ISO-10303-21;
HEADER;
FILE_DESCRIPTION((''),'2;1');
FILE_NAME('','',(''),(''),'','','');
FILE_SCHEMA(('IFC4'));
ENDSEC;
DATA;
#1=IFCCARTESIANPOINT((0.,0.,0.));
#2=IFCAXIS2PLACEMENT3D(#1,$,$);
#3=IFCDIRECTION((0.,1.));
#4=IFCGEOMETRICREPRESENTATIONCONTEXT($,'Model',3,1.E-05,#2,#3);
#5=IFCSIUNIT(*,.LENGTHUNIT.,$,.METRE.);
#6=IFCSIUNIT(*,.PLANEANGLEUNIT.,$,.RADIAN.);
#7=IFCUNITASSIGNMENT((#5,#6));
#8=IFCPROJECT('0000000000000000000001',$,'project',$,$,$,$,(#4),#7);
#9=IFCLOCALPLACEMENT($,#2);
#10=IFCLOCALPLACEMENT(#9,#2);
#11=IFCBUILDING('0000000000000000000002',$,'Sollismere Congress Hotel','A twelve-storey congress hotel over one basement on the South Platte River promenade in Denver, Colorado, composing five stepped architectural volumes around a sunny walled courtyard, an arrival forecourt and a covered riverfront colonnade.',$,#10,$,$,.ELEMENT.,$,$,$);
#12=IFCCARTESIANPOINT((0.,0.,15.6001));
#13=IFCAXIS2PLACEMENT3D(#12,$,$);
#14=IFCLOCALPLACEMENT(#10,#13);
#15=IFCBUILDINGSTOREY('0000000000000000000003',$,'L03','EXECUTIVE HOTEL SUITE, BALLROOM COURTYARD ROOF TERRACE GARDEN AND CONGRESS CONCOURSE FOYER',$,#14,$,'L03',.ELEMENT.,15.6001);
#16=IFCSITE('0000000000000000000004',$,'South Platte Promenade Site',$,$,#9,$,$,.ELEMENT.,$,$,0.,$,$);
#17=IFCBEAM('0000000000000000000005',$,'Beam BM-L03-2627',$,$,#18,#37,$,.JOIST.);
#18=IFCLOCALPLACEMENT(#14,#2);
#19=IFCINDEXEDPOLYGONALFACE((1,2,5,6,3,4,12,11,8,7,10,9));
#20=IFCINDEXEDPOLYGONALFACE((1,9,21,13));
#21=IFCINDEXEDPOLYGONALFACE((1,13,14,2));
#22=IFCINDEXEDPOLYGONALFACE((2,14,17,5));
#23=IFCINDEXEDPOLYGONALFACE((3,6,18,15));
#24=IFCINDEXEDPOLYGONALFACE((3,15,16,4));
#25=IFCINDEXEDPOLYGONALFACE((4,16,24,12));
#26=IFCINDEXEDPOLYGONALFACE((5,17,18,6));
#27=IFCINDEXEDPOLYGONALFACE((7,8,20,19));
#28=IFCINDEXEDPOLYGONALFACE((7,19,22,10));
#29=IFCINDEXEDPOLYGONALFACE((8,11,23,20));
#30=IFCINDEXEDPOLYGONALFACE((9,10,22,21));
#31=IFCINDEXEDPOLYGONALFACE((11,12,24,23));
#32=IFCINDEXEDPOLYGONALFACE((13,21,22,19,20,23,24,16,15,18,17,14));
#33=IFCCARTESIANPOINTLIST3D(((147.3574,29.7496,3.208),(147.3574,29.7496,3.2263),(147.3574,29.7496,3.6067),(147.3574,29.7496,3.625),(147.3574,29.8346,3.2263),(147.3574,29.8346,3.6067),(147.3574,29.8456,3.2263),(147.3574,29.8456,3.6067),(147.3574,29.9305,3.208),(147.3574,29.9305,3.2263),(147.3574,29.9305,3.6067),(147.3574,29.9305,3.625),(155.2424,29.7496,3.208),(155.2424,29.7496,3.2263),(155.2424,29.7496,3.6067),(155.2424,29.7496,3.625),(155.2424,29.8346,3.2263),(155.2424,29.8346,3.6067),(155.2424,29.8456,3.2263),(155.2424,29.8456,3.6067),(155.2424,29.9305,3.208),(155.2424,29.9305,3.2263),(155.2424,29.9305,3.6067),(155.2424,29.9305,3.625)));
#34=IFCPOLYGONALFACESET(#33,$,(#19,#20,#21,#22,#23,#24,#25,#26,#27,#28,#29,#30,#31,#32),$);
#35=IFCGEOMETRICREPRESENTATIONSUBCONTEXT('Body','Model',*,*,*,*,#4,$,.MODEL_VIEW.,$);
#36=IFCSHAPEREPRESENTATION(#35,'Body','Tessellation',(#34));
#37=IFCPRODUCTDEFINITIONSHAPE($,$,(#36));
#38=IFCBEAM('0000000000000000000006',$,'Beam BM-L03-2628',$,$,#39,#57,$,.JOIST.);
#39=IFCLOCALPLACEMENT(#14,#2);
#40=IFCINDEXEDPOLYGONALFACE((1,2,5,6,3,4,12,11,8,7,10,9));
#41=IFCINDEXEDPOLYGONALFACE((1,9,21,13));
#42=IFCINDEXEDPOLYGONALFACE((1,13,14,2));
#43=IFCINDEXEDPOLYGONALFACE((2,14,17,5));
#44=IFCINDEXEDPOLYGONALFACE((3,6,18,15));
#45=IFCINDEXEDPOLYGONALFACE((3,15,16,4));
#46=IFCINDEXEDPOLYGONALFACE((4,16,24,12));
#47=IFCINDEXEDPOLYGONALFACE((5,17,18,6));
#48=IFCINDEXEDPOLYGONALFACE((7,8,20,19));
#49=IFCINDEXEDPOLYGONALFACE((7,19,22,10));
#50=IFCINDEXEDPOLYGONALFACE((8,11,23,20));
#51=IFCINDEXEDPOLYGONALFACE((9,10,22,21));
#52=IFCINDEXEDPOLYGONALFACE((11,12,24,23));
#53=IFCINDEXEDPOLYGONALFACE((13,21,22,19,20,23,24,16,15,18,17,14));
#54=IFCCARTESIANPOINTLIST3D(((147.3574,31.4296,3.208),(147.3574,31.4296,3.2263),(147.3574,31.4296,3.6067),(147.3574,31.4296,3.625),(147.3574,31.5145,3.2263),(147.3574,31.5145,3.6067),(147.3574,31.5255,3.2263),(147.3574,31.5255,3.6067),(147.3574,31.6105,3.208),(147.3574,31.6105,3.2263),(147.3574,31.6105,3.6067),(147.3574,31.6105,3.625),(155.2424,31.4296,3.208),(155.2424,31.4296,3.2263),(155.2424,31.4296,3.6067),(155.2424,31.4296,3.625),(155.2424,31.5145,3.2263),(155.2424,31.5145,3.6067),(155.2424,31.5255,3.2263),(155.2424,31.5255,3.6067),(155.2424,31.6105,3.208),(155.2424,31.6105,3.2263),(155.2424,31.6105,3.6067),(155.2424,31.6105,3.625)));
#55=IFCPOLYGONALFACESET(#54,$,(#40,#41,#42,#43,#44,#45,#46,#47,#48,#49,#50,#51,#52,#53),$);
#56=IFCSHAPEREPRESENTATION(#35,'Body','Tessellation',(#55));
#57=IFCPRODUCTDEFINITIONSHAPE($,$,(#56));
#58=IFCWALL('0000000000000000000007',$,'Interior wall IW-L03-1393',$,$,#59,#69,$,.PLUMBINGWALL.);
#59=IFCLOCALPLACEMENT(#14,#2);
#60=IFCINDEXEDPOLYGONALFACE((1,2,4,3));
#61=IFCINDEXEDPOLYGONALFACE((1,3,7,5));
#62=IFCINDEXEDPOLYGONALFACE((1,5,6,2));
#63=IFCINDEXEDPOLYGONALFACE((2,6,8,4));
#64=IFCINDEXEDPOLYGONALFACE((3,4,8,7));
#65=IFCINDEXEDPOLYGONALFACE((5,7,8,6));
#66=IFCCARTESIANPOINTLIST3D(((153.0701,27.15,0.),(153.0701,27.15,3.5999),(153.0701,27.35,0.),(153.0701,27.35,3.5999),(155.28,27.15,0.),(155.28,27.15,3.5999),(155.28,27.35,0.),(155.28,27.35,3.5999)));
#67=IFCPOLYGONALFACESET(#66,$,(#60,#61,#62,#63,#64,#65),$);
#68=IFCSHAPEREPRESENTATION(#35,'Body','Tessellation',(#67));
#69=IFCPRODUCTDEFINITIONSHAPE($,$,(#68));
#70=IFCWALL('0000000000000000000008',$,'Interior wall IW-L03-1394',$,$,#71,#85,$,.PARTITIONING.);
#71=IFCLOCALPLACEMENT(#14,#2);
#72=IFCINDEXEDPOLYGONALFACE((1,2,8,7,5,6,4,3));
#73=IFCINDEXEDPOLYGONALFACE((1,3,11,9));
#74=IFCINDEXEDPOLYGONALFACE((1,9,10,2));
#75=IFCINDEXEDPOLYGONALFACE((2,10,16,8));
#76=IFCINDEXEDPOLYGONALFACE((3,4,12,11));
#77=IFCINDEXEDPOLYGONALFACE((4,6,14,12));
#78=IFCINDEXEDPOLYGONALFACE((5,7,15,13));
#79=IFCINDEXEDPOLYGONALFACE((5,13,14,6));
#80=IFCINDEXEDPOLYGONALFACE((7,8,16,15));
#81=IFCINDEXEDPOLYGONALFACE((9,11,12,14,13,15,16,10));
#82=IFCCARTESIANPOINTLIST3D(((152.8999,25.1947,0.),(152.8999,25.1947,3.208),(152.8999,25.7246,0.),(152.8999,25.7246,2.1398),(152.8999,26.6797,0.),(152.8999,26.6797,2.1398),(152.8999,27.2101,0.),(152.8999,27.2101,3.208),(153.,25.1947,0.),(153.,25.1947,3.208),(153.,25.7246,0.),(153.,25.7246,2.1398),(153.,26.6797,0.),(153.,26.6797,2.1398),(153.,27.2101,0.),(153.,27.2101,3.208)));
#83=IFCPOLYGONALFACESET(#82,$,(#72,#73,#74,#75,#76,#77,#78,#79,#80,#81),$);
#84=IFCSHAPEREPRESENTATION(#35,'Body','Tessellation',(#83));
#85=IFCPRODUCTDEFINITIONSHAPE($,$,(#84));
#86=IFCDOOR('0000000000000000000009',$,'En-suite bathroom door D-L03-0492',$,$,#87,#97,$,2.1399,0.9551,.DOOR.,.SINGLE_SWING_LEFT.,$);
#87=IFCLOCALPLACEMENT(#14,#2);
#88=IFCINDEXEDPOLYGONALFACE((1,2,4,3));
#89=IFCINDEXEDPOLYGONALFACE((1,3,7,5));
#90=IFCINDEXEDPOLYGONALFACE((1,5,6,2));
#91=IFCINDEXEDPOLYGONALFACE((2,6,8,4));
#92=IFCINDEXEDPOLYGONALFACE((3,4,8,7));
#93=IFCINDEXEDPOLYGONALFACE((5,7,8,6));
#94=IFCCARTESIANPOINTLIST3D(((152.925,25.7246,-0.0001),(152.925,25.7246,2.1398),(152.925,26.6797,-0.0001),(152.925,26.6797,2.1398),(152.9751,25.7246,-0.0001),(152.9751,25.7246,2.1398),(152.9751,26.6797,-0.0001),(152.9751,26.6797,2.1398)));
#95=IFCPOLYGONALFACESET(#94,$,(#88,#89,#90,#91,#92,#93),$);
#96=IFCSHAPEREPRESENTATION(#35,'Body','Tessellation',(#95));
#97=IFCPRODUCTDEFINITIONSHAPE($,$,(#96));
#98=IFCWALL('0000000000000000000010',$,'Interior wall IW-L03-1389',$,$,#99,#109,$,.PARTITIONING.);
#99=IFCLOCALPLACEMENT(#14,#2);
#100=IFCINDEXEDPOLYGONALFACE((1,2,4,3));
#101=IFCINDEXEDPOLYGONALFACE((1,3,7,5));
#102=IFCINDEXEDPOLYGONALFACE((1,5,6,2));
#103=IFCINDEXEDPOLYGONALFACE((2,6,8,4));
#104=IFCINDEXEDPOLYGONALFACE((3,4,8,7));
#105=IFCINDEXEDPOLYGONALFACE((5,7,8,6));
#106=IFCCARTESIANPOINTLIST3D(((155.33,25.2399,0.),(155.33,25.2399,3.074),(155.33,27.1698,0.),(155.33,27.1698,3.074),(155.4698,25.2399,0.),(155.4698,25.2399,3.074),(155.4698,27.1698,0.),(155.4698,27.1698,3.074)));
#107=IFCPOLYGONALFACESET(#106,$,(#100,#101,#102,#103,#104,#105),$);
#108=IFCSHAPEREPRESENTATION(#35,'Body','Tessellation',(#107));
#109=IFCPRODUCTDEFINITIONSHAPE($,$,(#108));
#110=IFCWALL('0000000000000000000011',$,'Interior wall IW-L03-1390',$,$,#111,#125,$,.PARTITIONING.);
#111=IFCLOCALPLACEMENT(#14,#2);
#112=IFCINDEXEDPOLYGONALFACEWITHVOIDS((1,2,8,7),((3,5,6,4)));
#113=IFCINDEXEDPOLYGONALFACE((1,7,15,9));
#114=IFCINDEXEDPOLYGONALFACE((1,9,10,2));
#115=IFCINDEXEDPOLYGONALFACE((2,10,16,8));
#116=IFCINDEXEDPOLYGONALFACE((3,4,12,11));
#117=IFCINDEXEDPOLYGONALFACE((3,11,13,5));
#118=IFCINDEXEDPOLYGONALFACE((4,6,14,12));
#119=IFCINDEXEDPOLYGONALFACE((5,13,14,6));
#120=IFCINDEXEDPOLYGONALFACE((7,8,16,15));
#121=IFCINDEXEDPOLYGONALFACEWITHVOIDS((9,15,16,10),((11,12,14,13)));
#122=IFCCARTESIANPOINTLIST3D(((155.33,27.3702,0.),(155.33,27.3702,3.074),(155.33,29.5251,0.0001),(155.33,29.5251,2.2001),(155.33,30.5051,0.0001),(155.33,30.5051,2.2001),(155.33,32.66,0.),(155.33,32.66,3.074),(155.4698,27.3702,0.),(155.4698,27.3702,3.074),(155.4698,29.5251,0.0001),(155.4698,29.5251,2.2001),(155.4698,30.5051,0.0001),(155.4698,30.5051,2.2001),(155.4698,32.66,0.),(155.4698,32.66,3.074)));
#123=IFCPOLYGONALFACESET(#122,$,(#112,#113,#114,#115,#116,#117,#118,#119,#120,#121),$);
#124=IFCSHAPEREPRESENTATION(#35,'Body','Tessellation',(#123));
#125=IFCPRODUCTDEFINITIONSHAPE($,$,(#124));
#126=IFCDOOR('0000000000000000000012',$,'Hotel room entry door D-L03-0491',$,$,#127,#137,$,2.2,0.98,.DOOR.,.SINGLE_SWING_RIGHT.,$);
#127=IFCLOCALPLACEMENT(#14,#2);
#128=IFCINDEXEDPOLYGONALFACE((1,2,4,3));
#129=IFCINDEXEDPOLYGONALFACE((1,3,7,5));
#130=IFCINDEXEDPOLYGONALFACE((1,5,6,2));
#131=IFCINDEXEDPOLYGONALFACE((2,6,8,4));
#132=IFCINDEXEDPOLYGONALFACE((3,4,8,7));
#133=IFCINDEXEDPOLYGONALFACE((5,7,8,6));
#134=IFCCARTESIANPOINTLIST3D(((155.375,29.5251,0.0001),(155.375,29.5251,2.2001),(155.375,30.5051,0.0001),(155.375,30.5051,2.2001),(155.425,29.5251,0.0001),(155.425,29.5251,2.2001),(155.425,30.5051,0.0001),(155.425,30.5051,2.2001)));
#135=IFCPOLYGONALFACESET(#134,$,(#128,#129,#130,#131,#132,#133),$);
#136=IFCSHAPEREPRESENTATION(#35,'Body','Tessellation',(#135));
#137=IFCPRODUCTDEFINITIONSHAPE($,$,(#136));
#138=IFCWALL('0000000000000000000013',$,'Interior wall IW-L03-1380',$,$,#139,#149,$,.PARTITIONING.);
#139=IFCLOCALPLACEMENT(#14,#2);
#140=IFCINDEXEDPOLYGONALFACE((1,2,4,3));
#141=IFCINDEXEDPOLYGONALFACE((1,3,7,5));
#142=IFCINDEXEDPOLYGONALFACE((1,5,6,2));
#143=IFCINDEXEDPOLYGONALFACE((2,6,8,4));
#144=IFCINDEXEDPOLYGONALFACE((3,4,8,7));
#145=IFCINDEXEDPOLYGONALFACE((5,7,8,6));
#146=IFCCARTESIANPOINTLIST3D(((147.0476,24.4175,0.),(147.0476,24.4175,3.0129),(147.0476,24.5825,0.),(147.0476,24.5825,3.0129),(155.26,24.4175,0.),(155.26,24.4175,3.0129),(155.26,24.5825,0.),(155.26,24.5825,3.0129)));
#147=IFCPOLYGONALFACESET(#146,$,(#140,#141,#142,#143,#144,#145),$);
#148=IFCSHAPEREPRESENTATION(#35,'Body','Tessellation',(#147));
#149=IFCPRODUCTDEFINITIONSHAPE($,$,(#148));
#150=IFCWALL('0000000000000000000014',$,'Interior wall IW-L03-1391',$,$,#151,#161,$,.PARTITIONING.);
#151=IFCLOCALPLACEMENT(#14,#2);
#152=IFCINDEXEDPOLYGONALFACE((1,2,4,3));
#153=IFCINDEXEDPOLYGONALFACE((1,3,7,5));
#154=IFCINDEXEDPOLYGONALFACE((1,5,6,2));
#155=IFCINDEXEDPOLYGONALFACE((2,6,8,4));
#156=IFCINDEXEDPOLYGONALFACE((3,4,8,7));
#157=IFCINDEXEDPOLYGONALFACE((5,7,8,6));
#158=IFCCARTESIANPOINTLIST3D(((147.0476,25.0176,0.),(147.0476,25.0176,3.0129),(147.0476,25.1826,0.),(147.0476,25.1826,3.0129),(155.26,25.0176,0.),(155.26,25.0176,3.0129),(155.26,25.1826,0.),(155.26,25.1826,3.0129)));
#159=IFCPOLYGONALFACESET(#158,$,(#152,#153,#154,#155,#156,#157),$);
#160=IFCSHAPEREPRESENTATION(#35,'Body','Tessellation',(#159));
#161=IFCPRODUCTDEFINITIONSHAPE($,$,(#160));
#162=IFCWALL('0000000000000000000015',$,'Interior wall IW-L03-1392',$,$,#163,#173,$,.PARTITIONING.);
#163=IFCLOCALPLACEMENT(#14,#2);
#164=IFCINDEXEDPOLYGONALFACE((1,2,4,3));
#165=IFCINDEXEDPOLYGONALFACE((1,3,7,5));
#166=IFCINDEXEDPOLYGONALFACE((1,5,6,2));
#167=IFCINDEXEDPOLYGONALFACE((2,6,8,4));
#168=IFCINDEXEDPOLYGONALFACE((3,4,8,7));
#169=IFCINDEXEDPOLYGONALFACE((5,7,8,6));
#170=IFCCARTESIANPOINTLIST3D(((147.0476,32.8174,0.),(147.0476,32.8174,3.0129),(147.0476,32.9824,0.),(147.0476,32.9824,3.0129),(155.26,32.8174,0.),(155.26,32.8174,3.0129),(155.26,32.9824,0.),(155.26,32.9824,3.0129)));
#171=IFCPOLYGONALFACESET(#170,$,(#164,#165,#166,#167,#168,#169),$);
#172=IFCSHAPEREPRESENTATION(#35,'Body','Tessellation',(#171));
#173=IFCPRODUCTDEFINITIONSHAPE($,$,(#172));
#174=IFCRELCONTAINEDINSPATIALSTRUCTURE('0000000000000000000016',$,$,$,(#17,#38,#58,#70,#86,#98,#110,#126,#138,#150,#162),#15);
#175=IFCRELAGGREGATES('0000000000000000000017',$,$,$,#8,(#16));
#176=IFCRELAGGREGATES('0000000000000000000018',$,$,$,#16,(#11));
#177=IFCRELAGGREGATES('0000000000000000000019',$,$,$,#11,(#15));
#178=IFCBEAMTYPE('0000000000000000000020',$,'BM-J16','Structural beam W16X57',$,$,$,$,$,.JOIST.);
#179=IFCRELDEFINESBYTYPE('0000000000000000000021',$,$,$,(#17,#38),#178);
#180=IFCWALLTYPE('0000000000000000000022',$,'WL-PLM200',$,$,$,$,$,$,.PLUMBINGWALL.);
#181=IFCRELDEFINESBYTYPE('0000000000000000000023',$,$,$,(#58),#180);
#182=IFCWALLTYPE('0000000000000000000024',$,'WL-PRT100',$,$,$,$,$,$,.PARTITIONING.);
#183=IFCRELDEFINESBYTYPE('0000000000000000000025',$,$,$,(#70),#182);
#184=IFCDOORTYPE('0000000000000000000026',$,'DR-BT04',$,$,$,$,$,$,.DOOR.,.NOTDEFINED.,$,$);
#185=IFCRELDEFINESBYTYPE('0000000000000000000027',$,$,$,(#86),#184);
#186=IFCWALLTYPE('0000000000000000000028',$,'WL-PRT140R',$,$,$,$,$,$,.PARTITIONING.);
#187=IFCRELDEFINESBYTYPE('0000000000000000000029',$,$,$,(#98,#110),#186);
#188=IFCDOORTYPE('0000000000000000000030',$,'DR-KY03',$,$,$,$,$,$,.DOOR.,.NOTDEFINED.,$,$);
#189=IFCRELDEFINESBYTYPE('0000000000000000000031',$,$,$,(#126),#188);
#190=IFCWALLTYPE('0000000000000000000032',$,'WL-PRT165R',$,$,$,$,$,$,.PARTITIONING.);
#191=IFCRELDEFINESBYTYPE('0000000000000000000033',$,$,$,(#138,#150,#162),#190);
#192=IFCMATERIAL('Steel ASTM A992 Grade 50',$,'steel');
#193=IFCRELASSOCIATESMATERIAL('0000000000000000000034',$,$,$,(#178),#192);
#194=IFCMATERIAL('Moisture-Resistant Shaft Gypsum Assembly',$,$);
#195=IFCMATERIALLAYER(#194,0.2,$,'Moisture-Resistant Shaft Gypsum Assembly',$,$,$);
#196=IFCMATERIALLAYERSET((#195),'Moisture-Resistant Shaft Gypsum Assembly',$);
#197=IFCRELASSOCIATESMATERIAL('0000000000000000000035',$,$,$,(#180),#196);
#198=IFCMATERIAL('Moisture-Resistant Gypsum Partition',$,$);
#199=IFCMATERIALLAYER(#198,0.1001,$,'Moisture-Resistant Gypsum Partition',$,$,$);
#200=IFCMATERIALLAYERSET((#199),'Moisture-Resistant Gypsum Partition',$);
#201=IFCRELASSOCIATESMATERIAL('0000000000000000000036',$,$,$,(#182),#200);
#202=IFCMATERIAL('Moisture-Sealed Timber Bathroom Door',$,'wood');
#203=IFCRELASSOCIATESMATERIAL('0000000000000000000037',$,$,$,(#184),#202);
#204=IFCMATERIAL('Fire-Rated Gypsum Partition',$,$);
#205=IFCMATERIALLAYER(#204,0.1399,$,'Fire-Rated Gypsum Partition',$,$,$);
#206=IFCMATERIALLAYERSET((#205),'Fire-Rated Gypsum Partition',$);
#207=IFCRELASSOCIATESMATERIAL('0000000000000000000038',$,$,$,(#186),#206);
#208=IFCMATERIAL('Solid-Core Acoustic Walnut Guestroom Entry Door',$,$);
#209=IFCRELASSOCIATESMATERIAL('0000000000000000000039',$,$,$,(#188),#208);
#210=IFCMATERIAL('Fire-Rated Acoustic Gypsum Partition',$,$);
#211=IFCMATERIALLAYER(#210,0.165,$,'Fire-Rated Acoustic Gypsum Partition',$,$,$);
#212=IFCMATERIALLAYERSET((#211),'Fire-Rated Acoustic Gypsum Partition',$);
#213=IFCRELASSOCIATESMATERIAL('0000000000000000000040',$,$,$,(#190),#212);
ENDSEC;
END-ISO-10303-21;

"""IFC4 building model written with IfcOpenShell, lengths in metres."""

from ifc_helpers import new_model, si_unit, direction, frame, frame_2d, origin, origin_2d, place, context, subcontext, project, spatial, rectangle, i_section, extrude, material, layer, layer_set, material_profile, profile_set, type_object, element, fill, save


model = new_model("IFC4")

# Units and contexts
model_context = context("Model", 3, precision=1e-05, world=origin(), true_north=direction((0.0, 1.0)))
body_context = subcontext(model_context, "Body", "Model", "MODEL_VIEW")
ifc_project = project(units=[si_unit("LENGTHUNIT", "METRE"), si_unit("PLANEANGLEUNIT", "RADIAN")], contexts=[model_context])

# Site, building, storey
site_placement = place(None, origin())
site = spatial("IfcSite", under=ifc_project, at=site_placement, Name="South Platte Promenade Site", CompositionType="ELEMENT", RefElevation=0.0)
building_placement = place(site_placement, origin())
building = spatial("IfcBuilding", under=site, at=building_placement, Name="Sollismere Congress Hotel", Description="A twelve-storey congress hotel over one basement on the South Platte River promenade in Denver, Colorado, composing five stepped architectural volumes around a sunny walled courtyard, an arrival forecourt and a covered riverfront colonnade.", CompositionType="ELEMENT")
storey_placement = place(building_placement, frame((0.0, 0.0, 15.6001)))
storey = spatial("IfcBuildingStorey", under=building, at=storey_placement, Name="L03", Description="EXECUTIVE HOTEL SUITE, BALLROOM COURTYARD ROOF TERRACE GARDEN AND CONGRESS CONCOURSE FOYER", LongName="L03", CompositionType="ELEMENT", Elevation=15.6001)

# Shared definitions
ifc_material_1 = material(Name="Steel ASTM A992 Grade 50", Category="steel")

# Beams
ifc_material_profile_1 = material_profile(ifc_material_1, i_section(OverallWidth=0.1809, OverallDepth=0.417, WebThickness=0.011, FlangeThickness=0.0183, at=origin_2d()), Name="W16X57")
ifc_profile_set_1 = profile_set([ifc_material_profile_1], Name="Steel ASTM A992 Grade 50")
beam_type_1 = type_object("IfcBeamType", Name="BM-J16", Description="Structural beam W16X57", PredefinedType="JOIST", material=ifc_profile_set_1)
for number, where, z_axis, x_axis, name in (
    (1, (147.3574, 29.8401, 3.4165), (1.0, 0.0, 0.0), (0.0, 1.0, 0.0), "Beam BM-L03-2627"),
    (2, (147.3574, 31.52, 3.4165), (1.0, 0.0, 0.0), (0.0, 1.0, 0.0), "Beam BM-L03-2628"),
):
    element("IfcBeam", number, at=place(storey_placement, frame(where, z_axis=z_axis, x_axis=x_axis)), inside=storey, type_object=beam_type_1, Name=name, PredefinedType="JOIST", context=body_context, shape_type="SweptSolid", body=[
        extrude(i_section(OverallWidth=0.1809, OverallDepth=0.417, WebThickness=0.011, FlangeThickness=0.0183, at=origin_2d()), origin(), (0.0, 0.0, 1.0), 7.885),
    ])

# Wall
ifc_material_2 = material(Name="Moisture-Resistant Shaft Gypsum Assembly")
ifc_layer_1 = layer(ifc_material_2, 0.2, Name="Moisture-Resistant Shaft Gypsum Assembly")
ifc_layer_set_1 = layer_set([ifc_layer_1], Name="Moisture-Resistant Shaft Gypsum Assembly")
wall_type_1 = type_object("IfcWallType", Name="WL-PLM200", PredefinedType="PLUMBINGWALL", material=ifc_layer_set_1)
wall_1_placement = place(storey_placement, frame((153.0701, 27.25, 0.0), z_axis=(0.0, 0.0, 1.0), x_axis=(1.0, 0.0, 0.0)))
element("IfcWall", 3, at=wall_1_placement, inside=storey, type_object=wall_type_1, Name="Interior wall IW-L03-1393", PredefinedType="PLUMBINGWALL", context=body_context, shape_type="SweptSolid", body=[
    extrude(rectangle(XDim=2.21, YDim=0.2, at=frame_2d((1.105, 0.0))), origin(), (0.0, 0.0, 1.0), 3.5999),
])

# Wall, opening, door
ifc_material_3 = material(Name="Moisture-Resistant Gypsum Partition")
ifc_layer_2 = layer(ifc_material_3, 0.1001, Name="Moisture-Resistant Gypsum Partition")
ifc_layer_set_2 = layer_set([ifc_layer_2], Name="Moisture-Resistant Gypsum Partition")
wall_type_2 = type_object("IfcWallType", Name="WL-PRT100", PredefinedType="PARTITIONING", material=ifc_layer_set_2)
wall_2_placement = place(storey_placement, frame((152.95, 25.1946, 0.0), z_axis=(0.0, 0.0, 1.0), x_axis=(0.0, 1.0, 0.0)))
wall_2 = element("IfcWall", 4, at=wall_2_placement, inside=storey, type_object=wall_type_2, Name="Interior wall IW-L03-1394", PredefinedType="PARTITIONING", context=body_context, shape_type="SweptSolid", body=[
    extrude(rectangle(XDim=2.0154, YDim=0.1001, at=frame_2d((1.0078, 0.0))), origin(), (0.0, 0.0, 1.0), 3.208),
])
opening_1_placement = place(wall_2_placement, frame((0.53, 0.0, 0.0)))
opening_1 = element("IfcOpeningElement", 5, at=opening_1_placement, cuts=wall_2, PredefinedType="OPENING", context=body_context, shape_type="SweptSolid", body=[
    extrude(rectangle(XDim=0.9551, YDim=2.1399, at=frame_2d((0.4775, 1.0698))), frame((0.0, 0.0601, 0.0), z_axis=(0.0, -1.0, 0.0), x_axis=(1.0, 0.0, 0.0)), (0.0, 0.0, 1.0), 0.1201),
])
ifc_material_4 = material(Name="Moisture-Sealed Timber Bathroom Door", Category="wood")
door_type_1 = type_object("IfcDoorType", Name="DR-BT04", OperationType="NOTDEFINED", PredefinedType="DOOR", material=ifc_material_4)
door_1_placement = place(opening_1_placement, origin())
door_1 = element("IfcDoor", 6, at=door_1_placement, inside=storey, type_object=door_type_1, Name="En-suite bathroom door D-L03-0492", OperationType="SINGLE_SWING_LEFT", OverallHeight=2.1399, OverallWidth=0.9551, PredefinedType="DOOR", context=body_context, shape_type="SweptSolid", body=[
    extrude(rectangle(XDim=0.9551, YDim=2.1399, at=frame_2d((0.4775, 1.0698))), frame((0.0, 0.0249, 0.0), z_axis=(0.0, -1.0, 0.0), x_axis=(1.0, 0.0, 0.0)), (0.0, 0.0, 1.0), 0.05),
])
fill(opening_1, door_1)

# Wall
ifc_material_5 = material(Name="Fire-Rated Gypsum Partition")
ifc_layer_3 = layer(ifc_material_5, 0.1399, Name="Fire-Rated Gypsum Partition")
ifc_layer_set_3 = layer_set([ifc_layer_3], Name="Fire-Rated Gypsum Partition")
wall_type_3 = type_object("IfcWallType", Name="WL-PRT140R", PredefinedType="PARTITIONING", material=ifc_layer_set_3)
wall_3_placement = place(storey_placement, frame((155.3999, 25.24, 0.0), z_axis=(0.0, 0.0, 1.0), x_axis=(0.0, 1.0, 0.0)))
element("IfcWall", 7, at=wall_3_placement, inside=storey, type_object=wall_type_3, Name="Interior wall IW-L03-1389", PredefinedType="PARTITIONING", context=body_context, shape_type="SweptSolid", body=[
    extrude(rectangle(XDim=1.9299, YDim=0.1399, at=frame_2d((0.9648, 0.0))), origin(), (0.0, 0.0, 1.0), 3.074),
])

# Wall, opening, door
wall_4_placement = place(storey_placement, frame((155.3999, 27.3701, 0.0), z_axis=(0.0, 0.0, 1.0), x_axis=(0.0, 1.0, 0.0)))
wall_4 = element("IfcWall", 8, at=wall_4_placement, inside=storey, type_object=wall_type_3, Name="Interior wall IW-L03-1390", PredefinedType="PARTITIONING", context=body_context, shape_type="SweptSolid", body=[
    extrude(rectangle(XDim=5.2898, YDim=0.1399, at=frame_2d((2.645, 0.0))), origin(), (0.0, 0.0, 1.0), 3.074),
])
opening_2_placement = place(wall_4_placement, frame((2.155, 0.0, 0.0)))
opening_2 = element("IfcOpeningElement", 9, at=opening_2_placement, cuts=wall_4, PredefinedType="OPENING", context=body_context, shape_type="SweptSolid", body=[
    extrude(rectangle(XDim=0.98, YDim=2.2, at=frame_2d((0.49, 1.1001))), frame((0.0, 0.0798, 0.0), z_axis=(0.0, -1.0, 0.0), x_axis=(1.0, 0.0, 0.0)), (0.0, 0.0, 1.0), 0.1599),
])
ifc_material_6 = material(Name="Solid-Core Acoustic Walnut Guestroom Entry Door")
door_type_2 = type_object("IfcDoorType", Name="DR-KY03", OperationType="NOTDEFINED", PredefinedType="DOOR", material=ifc_material_6)
door_2_placement = place(opening_2_placement, origin())
door_2 = element("IfcDoor", 10, at=door_2_placement, inside=storey, type_object=door_type_2, Name="Hotel room entry door D-L03-0491", OperationType="SINGLE_SWING_RIGHT", OverallHeight=2.2, OverallWidth=0.98, PredefinedType="DOOR", context=body_context, shape_type="SweptSolid", body=[
    extrude(rectangle(XDim=0.98, YDim=2.2, at=frame_2d((0.49, 1.1001))), frame((0.0, 0.0249, 0.0), z_axis=(0.0, -1.0, 0.0), x_axis=(1.0, 0.0, 0.0)), (0.0, 0.0, 1.0), 0.05),
])
fill(opening_2, door_2)

# Walls
ifc_material_7 = material(Name="Fire-Rated Acoustic Gypsum Partition")
ifc_layer_4 = layer(ifc_material_7, 0.165, Name="Fire-Rated Acoustic Gypsum Partition")
ifc_layer_set_4 = layer_set([ifc_layer_4], Name="Fire-Rated Acoustic Gypsum Partition")
wall_type_4 = type_object("IfcWallType", Name="WL-PRT165R", PredefinedType="PARTITIONING", material=ifc_layer_set_4)
for number, where, z_axis, x_axis, name in (
    (11, (147.0476, 24.5, 0.0), (0.0, 0.0, 1.0), (1.0, 0.0, 0.0), "Interior wall IW-L03-1380"),
    (12, (147.0476, 25.1001, 0.0), (0.0, 0.0, 1.0), (1.0, 0.0, 0.0), "Interior wall IW-L03-1391"),
    (13, (147.0476, 32.8999, 0.0), (0.0, 0.0, 1.0), (1.0, 0.0, 0.0), "Interior wall IW-L03-1392"),
):
    element("IfcWall", number, at=place(storey_placement, frame(where, z_axis=z_axis, x_axis=x_axis)), inside=storey, type_object=wall_type_4, Name=name, PredefinedType="PARTITIONING", context=body_context, shape_type="SweptSolid", body=[
        extrude(rectangle(XDim=8.2124, YDim=0.165, at=frame_2d((4.1062, 0.0))), origin(), (0.0, 0.0, 1.0), 3.0129),
    ])

save(model, "model.ifc")
